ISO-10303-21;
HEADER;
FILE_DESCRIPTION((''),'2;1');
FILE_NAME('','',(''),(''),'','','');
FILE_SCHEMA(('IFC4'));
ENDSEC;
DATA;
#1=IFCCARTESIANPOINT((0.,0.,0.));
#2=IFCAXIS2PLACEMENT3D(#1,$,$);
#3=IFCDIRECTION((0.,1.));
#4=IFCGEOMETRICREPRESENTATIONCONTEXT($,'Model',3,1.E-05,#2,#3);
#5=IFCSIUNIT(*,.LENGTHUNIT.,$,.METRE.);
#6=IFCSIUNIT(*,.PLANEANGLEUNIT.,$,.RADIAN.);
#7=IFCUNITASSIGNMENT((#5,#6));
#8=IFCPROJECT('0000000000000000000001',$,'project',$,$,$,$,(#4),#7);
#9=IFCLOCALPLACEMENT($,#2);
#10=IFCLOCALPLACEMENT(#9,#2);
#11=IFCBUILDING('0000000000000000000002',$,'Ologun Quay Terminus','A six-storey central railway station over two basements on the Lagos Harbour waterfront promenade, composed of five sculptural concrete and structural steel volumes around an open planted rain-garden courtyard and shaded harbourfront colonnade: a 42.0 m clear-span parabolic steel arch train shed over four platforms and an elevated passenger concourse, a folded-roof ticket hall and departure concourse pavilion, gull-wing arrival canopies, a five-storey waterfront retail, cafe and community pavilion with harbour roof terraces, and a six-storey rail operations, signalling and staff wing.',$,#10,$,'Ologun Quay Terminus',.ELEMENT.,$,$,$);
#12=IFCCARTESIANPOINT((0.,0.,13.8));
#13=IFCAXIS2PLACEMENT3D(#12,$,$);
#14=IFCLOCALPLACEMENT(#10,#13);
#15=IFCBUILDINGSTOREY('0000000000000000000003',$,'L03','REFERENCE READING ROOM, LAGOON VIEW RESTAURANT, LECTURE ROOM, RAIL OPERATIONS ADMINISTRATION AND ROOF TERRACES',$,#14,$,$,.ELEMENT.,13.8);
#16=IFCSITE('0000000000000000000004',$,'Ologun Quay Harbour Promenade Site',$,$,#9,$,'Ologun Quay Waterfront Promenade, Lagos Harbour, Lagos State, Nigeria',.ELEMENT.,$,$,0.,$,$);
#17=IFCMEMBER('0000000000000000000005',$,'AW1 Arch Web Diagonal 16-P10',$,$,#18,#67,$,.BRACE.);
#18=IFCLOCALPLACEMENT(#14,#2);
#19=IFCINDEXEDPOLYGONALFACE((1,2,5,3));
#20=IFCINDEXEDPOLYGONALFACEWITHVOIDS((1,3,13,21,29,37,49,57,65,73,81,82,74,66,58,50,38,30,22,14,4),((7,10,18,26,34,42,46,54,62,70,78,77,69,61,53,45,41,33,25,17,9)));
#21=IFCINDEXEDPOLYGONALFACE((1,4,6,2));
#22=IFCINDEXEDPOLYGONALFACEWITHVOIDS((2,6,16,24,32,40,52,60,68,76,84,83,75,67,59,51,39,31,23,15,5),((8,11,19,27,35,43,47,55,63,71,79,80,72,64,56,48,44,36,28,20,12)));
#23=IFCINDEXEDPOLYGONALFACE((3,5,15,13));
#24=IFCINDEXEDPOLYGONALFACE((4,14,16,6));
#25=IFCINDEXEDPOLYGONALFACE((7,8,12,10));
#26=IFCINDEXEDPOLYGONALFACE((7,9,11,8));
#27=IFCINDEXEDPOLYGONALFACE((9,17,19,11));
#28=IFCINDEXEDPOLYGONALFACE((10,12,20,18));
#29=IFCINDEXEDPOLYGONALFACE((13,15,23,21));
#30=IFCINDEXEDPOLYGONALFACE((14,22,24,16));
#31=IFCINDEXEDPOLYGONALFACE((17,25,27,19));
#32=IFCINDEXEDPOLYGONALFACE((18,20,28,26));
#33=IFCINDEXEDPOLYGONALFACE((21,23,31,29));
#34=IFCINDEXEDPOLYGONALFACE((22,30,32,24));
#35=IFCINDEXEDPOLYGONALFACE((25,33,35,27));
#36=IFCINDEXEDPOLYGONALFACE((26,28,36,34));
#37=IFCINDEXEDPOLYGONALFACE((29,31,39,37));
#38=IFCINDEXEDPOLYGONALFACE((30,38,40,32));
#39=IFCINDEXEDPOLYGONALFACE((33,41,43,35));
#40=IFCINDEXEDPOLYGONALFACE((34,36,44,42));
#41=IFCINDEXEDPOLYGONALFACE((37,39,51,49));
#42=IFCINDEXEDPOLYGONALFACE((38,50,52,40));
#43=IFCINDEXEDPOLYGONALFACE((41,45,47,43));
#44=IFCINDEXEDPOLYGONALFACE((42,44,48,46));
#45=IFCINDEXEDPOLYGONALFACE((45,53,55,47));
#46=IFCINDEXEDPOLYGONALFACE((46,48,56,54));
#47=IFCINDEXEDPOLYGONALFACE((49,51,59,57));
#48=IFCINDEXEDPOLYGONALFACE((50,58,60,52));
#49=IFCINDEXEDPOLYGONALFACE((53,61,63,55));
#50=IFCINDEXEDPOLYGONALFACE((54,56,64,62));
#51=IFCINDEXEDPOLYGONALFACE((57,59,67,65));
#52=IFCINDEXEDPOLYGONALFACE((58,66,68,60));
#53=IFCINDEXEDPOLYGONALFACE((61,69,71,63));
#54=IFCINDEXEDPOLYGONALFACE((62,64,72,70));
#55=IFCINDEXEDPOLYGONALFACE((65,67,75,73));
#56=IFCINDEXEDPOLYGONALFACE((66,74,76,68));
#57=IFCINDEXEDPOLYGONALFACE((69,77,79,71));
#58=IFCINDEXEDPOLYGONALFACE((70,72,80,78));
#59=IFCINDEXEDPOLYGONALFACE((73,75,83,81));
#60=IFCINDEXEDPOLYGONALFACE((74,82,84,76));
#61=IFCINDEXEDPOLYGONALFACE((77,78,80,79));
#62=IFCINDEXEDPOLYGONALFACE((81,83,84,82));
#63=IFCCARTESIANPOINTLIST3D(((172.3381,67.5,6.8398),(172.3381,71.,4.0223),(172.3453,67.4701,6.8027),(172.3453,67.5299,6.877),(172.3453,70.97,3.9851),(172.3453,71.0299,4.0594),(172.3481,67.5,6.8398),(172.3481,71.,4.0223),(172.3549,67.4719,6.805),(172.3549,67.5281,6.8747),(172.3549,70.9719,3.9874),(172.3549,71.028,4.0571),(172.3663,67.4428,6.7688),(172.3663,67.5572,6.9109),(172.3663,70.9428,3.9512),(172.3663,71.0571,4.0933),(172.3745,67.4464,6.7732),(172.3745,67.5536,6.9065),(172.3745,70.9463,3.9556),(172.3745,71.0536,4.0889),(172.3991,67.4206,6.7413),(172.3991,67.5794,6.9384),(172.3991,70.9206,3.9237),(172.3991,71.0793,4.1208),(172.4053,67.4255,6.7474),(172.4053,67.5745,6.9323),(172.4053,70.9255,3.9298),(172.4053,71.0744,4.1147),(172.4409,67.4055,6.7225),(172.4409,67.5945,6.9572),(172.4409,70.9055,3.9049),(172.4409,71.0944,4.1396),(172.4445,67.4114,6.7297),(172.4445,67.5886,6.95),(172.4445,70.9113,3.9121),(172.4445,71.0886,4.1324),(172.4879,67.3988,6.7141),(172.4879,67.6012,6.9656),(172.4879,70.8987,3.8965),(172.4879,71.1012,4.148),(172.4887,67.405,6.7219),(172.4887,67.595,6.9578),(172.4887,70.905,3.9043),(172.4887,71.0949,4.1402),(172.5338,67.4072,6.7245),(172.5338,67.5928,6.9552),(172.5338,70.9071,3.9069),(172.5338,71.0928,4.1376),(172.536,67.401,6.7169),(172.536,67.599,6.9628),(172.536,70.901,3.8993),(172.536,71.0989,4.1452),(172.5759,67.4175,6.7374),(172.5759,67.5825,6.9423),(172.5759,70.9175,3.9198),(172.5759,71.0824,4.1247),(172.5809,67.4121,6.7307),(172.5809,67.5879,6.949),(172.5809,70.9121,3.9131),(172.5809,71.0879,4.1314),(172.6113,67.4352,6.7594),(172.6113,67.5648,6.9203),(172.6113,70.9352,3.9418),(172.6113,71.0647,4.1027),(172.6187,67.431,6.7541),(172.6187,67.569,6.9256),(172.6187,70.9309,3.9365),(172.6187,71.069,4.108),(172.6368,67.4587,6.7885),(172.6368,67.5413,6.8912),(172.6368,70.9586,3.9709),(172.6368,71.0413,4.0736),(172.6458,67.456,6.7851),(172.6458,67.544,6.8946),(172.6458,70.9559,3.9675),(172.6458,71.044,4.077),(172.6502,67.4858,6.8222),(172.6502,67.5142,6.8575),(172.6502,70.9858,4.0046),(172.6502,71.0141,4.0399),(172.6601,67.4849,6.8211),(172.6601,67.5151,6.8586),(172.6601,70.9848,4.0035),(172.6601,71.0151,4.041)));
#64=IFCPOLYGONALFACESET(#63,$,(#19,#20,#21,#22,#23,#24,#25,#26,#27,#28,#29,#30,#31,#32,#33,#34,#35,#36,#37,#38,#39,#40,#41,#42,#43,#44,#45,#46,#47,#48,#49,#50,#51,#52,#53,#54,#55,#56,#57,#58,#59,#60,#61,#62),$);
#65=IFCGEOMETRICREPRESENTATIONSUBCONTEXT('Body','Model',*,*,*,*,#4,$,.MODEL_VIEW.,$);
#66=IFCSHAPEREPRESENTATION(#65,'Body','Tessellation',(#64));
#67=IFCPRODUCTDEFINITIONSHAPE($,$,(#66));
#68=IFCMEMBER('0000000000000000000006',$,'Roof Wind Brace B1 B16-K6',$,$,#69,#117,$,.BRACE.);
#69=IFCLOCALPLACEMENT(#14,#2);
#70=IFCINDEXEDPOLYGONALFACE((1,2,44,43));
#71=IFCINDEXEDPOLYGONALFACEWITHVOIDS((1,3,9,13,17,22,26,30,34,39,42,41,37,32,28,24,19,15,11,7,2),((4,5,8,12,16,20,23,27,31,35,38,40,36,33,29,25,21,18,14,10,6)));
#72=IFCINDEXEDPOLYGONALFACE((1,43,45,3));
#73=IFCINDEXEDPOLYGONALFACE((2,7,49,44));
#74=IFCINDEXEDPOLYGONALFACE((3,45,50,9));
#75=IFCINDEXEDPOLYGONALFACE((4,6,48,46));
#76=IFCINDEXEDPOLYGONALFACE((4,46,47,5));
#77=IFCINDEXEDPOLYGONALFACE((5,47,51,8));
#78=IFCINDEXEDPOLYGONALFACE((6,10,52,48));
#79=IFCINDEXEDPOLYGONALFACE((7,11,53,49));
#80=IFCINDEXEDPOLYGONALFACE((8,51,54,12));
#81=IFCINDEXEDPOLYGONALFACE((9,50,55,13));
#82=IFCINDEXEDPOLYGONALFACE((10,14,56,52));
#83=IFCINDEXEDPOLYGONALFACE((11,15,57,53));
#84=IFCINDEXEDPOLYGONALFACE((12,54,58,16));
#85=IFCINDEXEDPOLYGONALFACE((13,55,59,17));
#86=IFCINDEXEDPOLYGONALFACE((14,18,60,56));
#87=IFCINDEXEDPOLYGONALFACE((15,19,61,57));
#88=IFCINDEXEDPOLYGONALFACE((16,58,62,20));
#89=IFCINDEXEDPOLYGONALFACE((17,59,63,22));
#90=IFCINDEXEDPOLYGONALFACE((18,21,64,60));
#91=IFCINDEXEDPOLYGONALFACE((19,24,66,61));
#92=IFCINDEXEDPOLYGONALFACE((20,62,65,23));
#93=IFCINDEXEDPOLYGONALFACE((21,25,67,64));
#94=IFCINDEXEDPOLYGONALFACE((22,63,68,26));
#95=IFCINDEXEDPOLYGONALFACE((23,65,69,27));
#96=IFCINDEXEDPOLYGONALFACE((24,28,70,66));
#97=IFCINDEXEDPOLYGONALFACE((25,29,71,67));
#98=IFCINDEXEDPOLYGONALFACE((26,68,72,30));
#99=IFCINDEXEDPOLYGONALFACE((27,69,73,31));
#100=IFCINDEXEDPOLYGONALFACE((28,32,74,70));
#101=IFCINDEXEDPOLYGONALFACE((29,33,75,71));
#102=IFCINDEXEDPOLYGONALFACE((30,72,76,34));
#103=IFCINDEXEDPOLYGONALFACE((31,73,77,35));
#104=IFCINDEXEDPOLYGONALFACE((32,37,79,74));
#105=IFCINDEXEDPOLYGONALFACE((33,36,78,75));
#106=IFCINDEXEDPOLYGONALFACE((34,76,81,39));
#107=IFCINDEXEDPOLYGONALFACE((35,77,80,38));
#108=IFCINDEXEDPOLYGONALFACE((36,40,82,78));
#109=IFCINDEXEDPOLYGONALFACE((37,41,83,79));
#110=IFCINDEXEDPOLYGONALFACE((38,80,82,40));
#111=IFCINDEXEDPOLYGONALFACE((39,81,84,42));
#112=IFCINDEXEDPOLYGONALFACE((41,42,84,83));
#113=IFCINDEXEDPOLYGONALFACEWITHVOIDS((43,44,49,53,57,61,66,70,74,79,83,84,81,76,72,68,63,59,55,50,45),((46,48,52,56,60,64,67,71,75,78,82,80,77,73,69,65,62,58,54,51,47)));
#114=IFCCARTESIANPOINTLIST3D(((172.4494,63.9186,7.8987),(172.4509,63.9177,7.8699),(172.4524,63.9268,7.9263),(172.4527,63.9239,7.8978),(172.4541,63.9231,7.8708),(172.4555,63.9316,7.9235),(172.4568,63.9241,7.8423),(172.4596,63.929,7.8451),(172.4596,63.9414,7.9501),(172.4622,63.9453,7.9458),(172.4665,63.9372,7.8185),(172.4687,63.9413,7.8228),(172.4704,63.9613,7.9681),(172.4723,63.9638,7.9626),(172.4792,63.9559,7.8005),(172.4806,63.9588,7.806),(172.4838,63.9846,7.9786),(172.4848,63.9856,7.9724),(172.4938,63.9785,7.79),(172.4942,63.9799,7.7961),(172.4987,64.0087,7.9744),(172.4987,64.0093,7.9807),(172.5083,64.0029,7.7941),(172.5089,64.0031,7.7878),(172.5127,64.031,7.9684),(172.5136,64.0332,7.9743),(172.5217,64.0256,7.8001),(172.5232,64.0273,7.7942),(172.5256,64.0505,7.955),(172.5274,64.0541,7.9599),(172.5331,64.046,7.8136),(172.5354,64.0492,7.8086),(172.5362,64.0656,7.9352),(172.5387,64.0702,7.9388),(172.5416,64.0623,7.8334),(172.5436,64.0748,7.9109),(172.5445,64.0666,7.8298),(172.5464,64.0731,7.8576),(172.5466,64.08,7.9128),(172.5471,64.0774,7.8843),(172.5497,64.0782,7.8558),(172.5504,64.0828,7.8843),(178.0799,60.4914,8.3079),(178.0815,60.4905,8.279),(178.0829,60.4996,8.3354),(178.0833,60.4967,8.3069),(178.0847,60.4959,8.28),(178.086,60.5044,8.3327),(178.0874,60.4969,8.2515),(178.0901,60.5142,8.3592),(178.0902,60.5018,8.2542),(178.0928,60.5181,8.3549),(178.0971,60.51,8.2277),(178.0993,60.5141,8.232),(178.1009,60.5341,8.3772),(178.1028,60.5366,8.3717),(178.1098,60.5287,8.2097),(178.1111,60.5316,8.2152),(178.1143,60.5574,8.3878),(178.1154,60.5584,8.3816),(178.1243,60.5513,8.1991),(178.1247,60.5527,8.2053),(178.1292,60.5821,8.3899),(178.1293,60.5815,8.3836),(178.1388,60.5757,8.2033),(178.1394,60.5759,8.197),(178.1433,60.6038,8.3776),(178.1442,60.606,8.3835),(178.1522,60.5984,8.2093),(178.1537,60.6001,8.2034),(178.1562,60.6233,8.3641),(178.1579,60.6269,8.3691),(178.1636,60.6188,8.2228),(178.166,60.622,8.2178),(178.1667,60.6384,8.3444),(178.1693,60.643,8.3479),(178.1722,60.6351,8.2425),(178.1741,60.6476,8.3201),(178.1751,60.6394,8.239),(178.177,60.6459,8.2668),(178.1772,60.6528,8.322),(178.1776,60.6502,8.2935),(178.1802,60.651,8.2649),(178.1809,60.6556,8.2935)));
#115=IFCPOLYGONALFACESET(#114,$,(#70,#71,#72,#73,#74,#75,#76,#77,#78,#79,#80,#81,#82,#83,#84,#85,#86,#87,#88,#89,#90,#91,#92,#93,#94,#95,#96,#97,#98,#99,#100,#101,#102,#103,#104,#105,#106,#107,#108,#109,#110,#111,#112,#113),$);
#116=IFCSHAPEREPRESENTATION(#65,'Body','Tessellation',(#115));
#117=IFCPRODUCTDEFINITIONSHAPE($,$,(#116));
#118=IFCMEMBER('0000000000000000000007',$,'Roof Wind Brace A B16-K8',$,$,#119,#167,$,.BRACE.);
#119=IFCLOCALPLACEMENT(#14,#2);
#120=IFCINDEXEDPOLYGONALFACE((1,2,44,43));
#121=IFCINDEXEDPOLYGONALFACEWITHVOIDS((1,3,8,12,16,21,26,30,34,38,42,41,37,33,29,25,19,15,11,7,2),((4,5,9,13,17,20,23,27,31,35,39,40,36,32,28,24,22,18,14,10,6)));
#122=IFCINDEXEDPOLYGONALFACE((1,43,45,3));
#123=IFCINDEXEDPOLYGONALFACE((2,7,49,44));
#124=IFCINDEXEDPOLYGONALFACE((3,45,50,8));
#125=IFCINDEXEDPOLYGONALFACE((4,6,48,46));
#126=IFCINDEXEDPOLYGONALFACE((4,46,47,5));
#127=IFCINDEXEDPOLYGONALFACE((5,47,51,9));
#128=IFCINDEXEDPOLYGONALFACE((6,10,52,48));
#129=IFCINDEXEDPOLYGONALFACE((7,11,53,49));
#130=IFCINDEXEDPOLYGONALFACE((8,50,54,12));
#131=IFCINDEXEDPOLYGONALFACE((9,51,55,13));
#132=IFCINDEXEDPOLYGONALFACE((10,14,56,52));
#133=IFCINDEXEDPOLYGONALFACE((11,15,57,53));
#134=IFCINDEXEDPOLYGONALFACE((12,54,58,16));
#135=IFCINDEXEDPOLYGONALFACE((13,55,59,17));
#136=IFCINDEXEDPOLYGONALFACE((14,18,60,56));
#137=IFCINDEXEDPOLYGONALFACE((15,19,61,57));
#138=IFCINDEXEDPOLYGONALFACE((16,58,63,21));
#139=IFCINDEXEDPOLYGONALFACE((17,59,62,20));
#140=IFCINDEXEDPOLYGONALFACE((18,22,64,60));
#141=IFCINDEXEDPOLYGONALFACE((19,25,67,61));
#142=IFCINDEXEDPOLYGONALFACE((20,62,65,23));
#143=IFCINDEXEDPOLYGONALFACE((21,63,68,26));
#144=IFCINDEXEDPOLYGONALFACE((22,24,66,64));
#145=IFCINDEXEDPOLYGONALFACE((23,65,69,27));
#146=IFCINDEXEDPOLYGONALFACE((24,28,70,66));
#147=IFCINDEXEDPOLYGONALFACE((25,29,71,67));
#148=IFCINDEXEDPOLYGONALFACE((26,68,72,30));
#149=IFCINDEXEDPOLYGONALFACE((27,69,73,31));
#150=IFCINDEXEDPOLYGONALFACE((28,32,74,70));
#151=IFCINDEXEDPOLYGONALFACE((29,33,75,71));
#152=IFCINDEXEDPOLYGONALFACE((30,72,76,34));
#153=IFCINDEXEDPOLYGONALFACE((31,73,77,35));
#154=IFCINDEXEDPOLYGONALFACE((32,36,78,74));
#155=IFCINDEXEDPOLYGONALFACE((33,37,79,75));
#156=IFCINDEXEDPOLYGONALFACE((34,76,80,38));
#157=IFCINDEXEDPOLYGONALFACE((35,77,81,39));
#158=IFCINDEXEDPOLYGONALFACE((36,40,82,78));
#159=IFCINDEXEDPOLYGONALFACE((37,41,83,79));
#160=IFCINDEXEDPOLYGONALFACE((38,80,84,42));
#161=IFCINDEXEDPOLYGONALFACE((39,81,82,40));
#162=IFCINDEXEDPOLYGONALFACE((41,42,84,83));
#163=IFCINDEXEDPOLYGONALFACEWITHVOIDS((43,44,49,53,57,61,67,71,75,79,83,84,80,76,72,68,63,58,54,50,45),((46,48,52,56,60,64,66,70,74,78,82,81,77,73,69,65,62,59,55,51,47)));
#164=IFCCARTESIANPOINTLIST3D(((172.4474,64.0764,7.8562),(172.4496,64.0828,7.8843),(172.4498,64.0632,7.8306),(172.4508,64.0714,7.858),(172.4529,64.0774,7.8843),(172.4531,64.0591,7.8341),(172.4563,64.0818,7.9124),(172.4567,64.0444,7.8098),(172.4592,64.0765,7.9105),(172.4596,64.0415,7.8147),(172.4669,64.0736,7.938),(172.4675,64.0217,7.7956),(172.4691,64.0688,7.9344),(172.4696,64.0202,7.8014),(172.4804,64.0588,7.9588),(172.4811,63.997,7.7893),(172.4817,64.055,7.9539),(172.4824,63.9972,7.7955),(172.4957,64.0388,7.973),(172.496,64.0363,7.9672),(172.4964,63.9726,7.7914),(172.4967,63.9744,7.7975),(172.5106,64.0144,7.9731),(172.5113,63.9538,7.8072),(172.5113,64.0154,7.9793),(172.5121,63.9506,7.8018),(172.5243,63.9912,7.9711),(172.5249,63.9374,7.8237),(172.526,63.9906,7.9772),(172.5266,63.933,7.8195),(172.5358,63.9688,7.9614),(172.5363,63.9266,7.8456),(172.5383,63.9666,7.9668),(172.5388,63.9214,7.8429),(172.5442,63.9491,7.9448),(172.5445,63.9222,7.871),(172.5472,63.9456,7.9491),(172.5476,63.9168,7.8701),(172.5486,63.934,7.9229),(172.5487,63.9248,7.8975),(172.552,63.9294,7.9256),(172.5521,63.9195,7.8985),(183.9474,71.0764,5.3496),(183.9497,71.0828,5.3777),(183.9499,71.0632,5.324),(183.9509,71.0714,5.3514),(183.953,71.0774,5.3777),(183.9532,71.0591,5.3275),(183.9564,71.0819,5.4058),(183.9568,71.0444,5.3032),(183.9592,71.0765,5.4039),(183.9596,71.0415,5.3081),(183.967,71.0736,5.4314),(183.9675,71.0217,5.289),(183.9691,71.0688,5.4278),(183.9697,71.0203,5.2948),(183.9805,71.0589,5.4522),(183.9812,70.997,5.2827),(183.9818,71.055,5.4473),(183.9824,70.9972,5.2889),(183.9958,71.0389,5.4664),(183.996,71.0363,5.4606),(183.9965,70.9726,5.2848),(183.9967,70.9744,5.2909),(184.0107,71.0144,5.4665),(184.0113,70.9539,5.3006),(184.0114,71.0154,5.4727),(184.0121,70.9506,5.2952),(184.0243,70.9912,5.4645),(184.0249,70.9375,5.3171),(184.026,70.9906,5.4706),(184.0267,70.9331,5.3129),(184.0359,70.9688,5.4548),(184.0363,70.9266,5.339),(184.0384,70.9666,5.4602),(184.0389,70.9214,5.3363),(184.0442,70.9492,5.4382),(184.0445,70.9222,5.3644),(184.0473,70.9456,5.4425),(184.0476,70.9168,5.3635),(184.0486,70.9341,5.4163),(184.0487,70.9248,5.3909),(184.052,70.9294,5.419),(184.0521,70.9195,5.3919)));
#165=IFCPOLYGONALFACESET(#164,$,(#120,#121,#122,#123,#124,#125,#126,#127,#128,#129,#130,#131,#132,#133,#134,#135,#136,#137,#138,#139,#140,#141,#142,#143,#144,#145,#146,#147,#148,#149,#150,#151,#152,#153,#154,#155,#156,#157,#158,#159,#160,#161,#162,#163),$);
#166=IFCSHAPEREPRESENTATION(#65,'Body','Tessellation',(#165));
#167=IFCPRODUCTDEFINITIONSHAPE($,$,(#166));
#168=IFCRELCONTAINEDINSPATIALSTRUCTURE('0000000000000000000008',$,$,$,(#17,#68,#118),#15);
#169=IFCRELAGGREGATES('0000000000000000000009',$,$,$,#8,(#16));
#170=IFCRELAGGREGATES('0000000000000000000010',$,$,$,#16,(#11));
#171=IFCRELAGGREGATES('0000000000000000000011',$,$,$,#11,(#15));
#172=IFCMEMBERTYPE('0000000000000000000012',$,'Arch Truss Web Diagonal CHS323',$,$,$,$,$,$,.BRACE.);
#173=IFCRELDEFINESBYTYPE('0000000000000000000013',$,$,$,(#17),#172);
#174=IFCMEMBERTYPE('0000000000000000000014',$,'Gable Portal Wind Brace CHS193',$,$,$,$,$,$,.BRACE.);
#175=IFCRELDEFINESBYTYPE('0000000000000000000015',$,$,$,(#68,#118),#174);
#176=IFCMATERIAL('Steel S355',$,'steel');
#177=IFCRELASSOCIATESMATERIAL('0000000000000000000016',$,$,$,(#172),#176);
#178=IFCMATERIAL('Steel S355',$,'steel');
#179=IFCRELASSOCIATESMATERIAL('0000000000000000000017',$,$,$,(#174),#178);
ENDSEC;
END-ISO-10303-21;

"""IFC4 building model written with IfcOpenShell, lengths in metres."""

from ifc_helpers import new_model, si_unit, direction, frame, origin, origin_2d, place, context, subcontext, project, spatial, hollow_circle, extrude, material, material_profile, profile_set, type_object, element, save


model = new_model("IFC4")

# Units and contexts
model_context = context("Model", 3, precision=1e-05, world=origin(), true_north=direction((0.0, 1.0)))
body_context = subcontext(model_context, "Body", "Model", "MODEL_VIEW")
ifc_project = project(units=[si_unit("LENGTHUNIT", "METRE"), si_unit("PLANEANGLEUNIT", "RADIAN")], contexts=[model_context])

# Site, building, storey
site_placement = place(None, origin())
site = spatial("IfcSite", under=ifc_project, at=site_placement, Name="Ologun Quay Harbour Promenade Site", LongName="Ologun Quay Waterfront Promenade, Lagos Harbour, Lagos State, Nigeria", CompositionType="ELEMENT", RefElevation=0.0)
building_placement = place(site_placement, origin())
building = spatial("IfcBuilding", under=site, at=building_placement, Name="Ologun Quay Terminus", Description="A six-storey central railway station over two basements on the Lagos Harbour waterfront promenade, composed of five sculptural concrete and structural steel volumes around an open planted rain-garden courtyard and shaded harbourfront colonnade: a 42.0 m clear-span parabolic steel arch train shed over four platforms and an elevated passenger concourse, a folded-roof ticket hall and departure concourse pavilion, gull-wing arrival canopies, a five-storey waterfront retail, cafe and community pavilion with harbour roof terraces, and a six-storey rail operations, signalling and staff wing.", LongName="Ologun Quay Terminus", CompositionType="ELEMENT")
storey_placement = place(building_placement, frame((0.0, 0.0, 13.8)))
storey = spatial("IfcBuildingStorey", under=building, at=storey_placement, Name="L03", Description="REFERENCE READING ROOM, LAGOON VIEW RESTAURANT, LECTURE ROOM, RAIL OPERATIONS ADMINISTRATION AND ROOF TERRACES", CompositionType="ELEMENT", Elevation=13.8)

# Members
ifc_material_1 = material(Name="Steel S355", Category="steel")
ifc_material_profile_1 = material_profile(ifc_material_1, hollow_circle(Radius=0.1619, WallThickness=0.01, at=origin_2d()), Name="CHS 323.9x10")
ifc_profile_set_1 = profile_set([ifc_material_profile_1], Name="Steel S355")
member_type_1 = type_object("IfcMemberType", Name="Arch Truss Web Diagonal CHS323", PredefinedType="BRACE", material=ifc_profile_set_1)
member_1_placement = place(storey_placement, frame((172.5, 67.5, 6.8398), z_axis=(0.0, 0.778951, -0.627084), x_axis=(-1.0, 0.0, 0.0)))
element("IfcMember", 1, at=member_1_placement, inside=storey, type_object=member_type_1, Name="AW1 Arch Web Diagonal 16-P10", PredefinedType="BRACE", context=body_context, shape_type="SweptSolid", body=[
    extrude(hollow_circle(Radius=0.1619, WallThickness=0.01, at=origin_2d()), origin(), (0.0, 0.0, 1.0), 4.4932),
])
ifc_material_2 = material(Name="Steel S355", Category="steel")
ifc_material_profile_2 = material_profile(ifc_material_2, hollow_circle(Radius=0.0969, WallThickness=0.0063, at=origin_2d()), Name="CHS 193.7x6.3")
ifc_profile_set_2 = profile_set([ifc_material_profile_2], Name="Steel S355")
member_type_2 = type_object("IfcMemberType", Name="Gable Portal Wind Brace CHS193", PredefinedType="BRACE", material=ifc_profile_set_2)
member_2_placement = place(storey_placement, frame((172.5, 64.0, 7.8843), z_axis=(0.852563, -0.518939, 0.061956), x_axis=(0.519938, 0.854204, 0.0)))
element("IfcMember", 2, at=member_2_placement, inside=storey, type_object=member_type_2, Name="Roof Wind Brace B1 B16-K6", PredefinedType="BRACE", context=body_context, shape_type="SweptSolid", body=[
    extrude(hollow_circle(Radius=0.0969, WallThickness=0.0063, at=origin_2d()), origin(), (0.0, 0.0, 1.0), 6.6042),
])
member_3_placement = place(storey_placement, frame((172.5, 64.0, 7.8843), z_axis=(0.839767, 0.511163, -0.183039), x_axis=(-0.519947, 0.854199, 0.0)))
element("IfcMember", 3, at=member_3_placement, inside=storey, type_object=member_type_2, Name="Roof Wind Brace A B16-K8", PredefinedType="BRACE", context=body_context, shape_type="SweptSolid", body=[
    extrude(hollow_circle(Radius=0.0969, WallThickness=0.0063, at=origin_2d()), origin(), (0.0, 0.0, 1.0), 13.6943),
])

save(model, "model.ifc")
